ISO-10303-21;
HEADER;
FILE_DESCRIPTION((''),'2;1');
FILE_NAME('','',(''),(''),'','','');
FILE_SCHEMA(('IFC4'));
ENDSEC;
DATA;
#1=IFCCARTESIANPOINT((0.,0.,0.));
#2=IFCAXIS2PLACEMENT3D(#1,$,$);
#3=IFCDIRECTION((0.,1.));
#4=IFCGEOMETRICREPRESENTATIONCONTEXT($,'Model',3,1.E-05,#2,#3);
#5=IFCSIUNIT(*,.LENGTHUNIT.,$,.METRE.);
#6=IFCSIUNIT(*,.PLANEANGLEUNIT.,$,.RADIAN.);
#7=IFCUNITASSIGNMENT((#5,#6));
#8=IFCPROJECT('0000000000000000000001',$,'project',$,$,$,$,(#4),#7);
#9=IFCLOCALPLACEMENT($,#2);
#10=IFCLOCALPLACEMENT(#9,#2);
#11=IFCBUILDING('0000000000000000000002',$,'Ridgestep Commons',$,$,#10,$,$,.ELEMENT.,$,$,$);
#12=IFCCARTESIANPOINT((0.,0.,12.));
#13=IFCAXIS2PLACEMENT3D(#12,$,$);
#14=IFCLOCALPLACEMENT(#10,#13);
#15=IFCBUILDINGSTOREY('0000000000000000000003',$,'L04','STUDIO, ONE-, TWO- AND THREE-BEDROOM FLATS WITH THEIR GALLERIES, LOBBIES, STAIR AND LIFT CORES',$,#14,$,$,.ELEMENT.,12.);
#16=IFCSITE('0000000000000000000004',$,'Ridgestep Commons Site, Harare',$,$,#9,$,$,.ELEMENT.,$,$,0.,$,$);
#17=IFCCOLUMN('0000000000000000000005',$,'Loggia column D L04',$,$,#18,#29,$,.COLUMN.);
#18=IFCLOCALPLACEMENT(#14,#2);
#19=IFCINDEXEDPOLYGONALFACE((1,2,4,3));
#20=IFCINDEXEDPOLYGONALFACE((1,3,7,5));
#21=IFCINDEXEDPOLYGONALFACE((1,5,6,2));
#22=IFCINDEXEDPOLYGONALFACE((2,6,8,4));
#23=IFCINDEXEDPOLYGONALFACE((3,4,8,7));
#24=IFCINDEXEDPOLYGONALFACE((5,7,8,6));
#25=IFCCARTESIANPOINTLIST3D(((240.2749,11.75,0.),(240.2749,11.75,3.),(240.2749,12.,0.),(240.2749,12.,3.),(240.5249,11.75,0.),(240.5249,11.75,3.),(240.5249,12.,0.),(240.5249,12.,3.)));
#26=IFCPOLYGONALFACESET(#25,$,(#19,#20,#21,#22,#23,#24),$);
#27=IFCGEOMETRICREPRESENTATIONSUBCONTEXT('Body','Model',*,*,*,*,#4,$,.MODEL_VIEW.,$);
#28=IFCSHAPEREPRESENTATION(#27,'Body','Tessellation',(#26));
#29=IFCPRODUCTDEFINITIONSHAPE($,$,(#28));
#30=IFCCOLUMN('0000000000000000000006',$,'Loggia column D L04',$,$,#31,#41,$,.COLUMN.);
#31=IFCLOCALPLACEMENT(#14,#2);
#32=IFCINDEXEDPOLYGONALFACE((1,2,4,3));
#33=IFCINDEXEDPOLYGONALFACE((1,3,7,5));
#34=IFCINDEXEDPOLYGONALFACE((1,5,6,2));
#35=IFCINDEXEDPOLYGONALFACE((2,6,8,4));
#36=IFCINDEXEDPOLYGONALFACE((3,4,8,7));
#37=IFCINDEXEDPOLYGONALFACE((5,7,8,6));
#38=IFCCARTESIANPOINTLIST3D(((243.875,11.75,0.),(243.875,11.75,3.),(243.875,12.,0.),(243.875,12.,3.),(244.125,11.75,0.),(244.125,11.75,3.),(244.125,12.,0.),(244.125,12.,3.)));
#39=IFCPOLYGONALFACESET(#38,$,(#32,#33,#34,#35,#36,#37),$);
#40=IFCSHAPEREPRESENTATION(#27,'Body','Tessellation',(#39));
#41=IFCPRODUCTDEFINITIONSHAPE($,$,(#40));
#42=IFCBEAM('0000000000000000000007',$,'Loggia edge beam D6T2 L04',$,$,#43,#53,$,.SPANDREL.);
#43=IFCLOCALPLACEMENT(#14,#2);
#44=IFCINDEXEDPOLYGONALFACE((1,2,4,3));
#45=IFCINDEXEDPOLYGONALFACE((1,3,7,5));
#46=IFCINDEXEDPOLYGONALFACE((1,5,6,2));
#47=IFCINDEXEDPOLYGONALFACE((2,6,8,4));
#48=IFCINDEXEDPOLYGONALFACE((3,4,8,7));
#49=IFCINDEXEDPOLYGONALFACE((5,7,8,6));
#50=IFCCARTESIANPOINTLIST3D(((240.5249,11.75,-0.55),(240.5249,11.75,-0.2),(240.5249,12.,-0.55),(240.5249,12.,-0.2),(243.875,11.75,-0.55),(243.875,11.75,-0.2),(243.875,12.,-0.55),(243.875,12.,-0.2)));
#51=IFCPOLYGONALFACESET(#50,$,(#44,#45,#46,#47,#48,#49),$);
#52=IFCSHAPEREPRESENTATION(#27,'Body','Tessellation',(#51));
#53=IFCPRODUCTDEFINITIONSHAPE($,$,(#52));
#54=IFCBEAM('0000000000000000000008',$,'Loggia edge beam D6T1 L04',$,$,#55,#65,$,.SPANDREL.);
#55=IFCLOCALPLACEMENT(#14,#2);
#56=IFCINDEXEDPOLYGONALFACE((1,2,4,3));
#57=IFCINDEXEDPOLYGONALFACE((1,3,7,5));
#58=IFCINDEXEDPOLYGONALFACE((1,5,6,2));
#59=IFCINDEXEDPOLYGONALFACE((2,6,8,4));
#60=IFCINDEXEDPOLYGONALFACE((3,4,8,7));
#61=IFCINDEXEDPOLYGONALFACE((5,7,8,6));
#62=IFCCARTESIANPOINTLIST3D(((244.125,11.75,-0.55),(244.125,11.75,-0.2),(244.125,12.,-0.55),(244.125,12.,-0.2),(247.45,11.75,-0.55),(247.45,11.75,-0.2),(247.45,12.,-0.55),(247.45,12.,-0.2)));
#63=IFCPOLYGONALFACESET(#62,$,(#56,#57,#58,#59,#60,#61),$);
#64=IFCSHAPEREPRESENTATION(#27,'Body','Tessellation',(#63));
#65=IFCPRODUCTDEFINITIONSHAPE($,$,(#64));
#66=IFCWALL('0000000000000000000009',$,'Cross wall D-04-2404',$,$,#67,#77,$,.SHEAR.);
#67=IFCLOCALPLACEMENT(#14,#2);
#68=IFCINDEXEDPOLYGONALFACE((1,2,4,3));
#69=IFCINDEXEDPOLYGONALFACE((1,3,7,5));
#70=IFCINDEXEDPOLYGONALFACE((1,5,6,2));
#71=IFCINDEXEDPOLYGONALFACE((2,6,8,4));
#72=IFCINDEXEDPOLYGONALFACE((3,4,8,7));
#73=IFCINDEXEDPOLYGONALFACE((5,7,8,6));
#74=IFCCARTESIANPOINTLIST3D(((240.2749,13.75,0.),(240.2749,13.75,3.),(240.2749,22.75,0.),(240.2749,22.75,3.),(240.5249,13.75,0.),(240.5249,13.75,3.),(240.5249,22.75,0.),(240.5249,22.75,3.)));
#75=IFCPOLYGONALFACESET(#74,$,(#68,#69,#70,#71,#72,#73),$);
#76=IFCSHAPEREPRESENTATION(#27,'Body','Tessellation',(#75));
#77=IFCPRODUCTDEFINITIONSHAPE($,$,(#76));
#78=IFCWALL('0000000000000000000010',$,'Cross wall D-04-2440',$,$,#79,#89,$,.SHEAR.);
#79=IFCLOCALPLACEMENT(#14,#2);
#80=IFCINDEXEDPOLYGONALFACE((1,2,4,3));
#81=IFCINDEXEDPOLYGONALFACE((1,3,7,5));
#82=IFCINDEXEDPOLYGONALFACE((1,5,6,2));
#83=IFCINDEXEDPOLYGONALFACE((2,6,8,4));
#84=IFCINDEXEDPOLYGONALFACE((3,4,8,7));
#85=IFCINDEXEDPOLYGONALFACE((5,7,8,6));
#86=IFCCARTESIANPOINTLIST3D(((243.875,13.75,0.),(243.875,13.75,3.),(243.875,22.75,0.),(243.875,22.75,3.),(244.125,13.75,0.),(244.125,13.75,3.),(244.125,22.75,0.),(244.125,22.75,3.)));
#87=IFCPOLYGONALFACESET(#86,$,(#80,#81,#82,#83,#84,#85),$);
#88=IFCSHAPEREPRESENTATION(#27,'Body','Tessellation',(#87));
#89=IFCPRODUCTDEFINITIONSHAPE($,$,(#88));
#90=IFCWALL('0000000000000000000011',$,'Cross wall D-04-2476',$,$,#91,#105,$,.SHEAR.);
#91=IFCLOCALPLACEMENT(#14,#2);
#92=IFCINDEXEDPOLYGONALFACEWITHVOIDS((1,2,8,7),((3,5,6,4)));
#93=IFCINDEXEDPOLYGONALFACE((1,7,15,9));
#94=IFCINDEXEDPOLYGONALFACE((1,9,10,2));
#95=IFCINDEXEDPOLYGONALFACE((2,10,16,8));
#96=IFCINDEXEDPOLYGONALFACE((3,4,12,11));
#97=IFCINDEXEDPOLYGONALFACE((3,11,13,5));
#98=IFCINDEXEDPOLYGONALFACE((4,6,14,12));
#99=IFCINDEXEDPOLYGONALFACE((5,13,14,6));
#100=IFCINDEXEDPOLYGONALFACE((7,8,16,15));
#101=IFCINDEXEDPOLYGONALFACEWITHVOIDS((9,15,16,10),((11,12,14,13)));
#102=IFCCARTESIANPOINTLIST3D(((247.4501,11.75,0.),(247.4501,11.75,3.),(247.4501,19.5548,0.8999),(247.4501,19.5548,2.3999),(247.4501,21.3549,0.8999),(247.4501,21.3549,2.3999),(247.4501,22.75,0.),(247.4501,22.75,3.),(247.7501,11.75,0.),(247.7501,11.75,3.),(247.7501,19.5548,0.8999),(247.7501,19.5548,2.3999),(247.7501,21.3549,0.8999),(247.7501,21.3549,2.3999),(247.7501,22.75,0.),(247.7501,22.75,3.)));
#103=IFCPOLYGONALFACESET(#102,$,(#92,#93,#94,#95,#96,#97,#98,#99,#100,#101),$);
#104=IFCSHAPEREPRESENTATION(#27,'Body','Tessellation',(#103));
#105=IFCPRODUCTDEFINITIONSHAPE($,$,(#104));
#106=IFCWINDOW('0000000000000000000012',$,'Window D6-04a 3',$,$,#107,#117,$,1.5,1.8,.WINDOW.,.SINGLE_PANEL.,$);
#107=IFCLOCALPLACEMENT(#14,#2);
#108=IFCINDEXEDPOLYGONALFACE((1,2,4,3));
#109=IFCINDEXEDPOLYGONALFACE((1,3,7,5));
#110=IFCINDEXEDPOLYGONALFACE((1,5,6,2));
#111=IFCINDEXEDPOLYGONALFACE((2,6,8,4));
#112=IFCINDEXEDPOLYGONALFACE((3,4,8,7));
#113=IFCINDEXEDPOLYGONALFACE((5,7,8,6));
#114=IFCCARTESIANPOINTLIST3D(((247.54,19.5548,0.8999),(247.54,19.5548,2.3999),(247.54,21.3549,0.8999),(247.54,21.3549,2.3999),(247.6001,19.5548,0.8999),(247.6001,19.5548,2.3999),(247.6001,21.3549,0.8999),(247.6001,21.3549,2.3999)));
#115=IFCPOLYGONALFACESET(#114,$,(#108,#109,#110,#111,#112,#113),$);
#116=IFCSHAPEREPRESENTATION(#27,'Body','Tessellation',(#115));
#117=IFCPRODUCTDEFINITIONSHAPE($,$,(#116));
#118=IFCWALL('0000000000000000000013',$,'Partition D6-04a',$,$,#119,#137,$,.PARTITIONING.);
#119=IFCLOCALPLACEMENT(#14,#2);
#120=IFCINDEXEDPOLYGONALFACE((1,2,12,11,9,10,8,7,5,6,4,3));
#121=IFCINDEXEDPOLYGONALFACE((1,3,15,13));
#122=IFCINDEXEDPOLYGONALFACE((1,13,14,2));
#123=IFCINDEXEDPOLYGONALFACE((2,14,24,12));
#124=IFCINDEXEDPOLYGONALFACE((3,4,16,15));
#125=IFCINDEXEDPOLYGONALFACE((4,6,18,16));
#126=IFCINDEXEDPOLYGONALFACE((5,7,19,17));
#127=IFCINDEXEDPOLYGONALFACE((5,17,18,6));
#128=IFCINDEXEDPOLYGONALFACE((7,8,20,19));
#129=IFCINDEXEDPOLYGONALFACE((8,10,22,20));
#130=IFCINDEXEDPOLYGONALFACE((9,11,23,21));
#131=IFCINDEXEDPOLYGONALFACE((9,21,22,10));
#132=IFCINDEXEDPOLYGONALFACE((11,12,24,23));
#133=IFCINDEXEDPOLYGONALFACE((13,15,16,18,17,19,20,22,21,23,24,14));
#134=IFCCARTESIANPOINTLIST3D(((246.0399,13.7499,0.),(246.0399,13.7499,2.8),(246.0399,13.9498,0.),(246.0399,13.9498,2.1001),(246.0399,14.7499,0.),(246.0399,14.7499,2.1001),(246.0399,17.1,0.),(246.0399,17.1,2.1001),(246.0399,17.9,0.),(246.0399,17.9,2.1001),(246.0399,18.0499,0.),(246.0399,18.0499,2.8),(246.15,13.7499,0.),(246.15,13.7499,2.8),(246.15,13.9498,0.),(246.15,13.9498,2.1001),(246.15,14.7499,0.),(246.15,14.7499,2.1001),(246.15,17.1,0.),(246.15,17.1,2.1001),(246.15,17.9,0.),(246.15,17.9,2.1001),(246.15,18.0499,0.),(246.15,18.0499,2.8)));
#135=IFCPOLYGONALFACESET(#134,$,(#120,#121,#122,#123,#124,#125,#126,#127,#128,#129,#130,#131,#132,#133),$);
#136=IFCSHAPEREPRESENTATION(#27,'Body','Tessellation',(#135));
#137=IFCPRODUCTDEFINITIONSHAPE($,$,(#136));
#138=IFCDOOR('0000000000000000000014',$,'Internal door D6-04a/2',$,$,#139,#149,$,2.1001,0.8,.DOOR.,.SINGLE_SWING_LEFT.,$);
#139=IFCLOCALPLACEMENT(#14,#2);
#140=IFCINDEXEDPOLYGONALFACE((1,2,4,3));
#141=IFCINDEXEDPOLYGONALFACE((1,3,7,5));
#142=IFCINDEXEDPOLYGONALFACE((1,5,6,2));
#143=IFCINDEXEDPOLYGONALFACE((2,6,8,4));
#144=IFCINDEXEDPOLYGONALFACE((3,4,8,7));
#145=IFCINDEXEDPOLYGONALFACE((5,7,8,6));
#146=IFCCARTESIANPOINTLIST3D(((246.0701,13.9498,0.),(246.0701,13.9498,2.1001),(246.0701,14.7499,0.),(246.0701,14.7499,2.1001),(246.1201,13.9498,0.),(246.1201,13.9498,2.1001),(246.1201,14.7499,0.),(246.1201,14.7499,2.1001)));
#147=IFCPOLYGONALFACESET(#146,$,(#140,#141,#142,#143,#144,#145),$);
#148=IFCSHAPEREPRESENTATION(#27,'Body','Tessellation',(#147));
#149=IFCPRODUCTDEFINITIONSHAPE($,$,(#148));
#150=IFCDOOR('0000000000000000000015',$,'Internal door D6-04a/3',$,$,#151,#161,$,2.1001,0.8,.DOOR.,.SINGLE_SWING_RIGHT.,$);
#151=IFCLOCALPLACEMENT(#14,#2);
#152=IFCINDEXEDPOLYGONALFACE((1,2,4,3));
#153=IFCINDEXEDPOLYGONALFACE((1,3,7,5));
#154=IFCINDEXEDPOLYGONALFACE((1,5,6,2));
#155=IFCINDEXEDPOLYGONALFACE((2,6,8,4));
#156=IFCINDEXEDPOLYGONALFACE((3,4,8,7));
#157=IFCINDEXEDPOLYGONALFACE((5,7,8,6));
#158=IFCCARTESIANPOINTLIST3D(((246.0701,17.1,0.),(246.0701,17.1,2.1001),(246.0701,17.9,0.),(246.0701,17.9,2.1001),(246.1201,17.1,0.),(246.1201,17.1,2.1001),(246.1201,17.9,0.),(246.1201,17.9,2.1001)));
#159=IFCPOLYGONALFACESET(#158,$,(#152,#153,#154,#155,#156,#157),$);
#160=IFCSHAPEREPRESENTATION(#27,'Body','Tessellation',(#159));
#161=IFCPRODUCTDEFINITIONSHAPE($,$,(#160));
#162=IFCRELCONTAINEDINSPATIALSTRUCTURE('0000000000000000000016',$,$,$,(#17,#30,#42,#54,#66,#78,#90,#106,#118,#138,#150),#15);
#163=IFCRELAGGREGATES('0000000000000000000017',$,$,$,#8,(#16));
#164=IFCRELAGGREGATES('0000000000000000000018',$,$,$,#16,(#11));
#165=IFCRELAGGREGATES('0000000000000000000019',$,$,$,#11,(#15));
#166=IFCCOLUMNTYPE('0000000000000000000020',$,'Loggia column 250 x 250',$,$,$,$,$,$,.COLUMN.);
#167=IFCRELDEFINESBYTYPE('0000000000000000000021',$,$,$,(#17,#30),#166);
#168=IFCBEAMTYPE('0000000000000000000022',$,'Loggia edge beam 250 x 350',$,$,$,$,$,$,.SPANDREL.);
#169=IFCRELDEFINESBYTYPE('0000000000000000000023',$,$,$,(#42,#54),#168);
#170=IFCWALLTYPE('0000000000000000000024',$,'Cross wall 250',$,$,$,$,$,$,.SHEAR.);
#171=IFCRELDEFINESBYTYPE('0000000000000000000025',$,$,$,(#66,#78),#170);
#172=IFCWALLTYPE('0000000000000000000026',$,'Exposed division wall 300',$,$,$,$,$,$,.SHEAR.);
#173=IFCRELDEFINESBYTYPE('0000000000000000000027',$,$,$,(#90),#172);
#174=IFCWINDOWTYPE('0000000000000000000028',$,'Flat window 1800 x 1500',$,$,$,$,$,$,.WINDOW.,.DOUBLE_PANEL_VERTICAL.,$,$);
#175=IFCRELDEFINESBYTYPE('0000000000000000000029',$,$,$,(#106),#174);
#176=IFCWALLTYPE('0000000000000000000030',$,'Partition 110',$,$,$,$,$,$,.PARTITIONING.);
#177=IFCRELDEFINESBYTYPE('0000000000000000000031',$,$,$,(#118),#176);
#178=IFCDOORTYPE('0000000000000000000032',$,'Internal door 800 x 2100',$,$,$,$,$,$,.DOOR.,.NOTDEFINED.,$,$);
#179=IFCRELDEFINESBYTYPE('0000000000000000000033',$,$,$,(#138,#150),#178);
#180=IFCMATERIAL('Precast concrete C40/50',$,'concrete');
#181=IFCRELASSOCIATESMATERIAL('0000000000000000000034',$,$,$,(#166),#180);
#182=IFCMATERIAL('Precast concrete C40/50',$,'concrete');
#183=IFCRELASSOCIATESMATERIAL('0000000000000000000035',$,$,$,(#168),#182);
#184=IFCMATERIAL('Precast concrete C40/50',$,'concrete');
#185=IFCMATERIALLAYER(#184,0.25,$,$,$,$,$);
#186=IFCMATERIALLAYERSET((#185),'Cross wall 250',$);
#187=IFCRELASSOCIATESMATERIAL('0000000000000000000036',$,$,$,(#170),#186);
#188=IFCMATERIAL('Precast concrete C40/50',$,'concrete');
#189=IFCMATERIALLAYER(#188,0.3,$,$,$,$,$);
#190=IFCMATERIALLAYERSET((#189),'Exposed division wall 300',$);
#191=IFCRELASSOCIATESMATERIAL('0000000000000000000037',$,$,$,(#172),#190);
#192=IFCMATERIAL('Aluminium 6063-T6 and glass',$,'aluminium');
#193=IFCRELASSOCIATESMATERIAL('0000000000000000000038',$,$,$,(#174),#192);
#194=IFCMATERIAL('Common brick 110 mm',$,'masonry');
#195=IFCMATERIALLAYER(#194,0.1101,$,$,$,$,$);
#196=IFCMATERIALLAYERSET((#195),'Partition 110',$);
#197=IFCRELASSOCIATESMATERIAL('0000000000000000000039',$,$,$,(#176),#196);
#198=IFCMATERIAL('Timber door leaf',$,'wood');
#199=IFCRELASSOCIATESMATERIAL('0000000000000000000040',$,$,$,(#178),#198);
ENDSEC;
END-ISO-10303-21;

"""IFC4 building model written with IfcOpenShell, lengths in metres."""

from ifc_helpers import new_model, si_unit, direction, frame, frame_2d, origin, origin_2d, place, context, subcontext, project, spatial, rectangle, extrude, material, layer, layer_set, material_profile, profile_set, type_object, element, fill, save


model = new_model("IFC4")

# Units and contexts
model_context = context("Model", 3, precision=1e-05, world=origin(), true_north=direction((0.0, 1.0)))
body_context = subcontext(model_context, "Body", "Model", "MODEL_VIEW")
ifc_project = project(units=[si_unit("LENGTHUNIT", "METRE"), si_unit("PLANEANGLEUNIT", "RADIAN")], contexts=[model_context])

# Site, building, storey
site_placement = place(None, origin())
site = spatial("IfcSite", under=ifc_project, at=site_placement, Name="Ridgestep Commons Site, Harare", CompositionType="ELEMENT", RefElevation=0.0)
building_placement = place(site_placement, origin())
building = spatial("IfcBuilding", under=site, at=building_placement, Name="Ridgestep Commons", CompositionType="ELEMENT")
storey_placement = place(building_placement, frame((0.0, 0.0, 12.0)))
storey = spatial("IfcBuildingStorey", under=building, at=storey_placement, Name="L04", Description="STUDIO, ONE-, TWO- AND THREE-BEDROOM FLATS WITH THEIR GALLERIES, LOBBIES, STAIR AND LIFT CORES", CompositionType="ELEMENT", Elevation=12.0)

# Columns
ifc_material_1 = material(Name="Precast concrete C40/50", Category="concrete")
ifc_material_profile_1 = material_profile(ifc_material_1, rectangle(XDim=0.25, YDim=0.25, at=origin_2d()), Name="PC 250x250")
ifc_profile_set_1 = profile_set([ifc_material_profile_1], Name="Precast concrete C40/50")
column_type = type_object("IfcColumnType", Name="Loggia column 250 x 250", PredefinedType="COLUMN", material=ifc_profile_set_1)
for number, where, z_axis, x_axis, name in (
    (1, (240.3999, 11.875, 0.0), (0.0, 0.0, 1.0), (1.0, 0.0, 0.0), "Loggia column D L04"),
    (2, (244.0, 11.875, 0.0), (0.0, 0.0, 1.0), (1.0, 0.0, 0.0), "Loggia column D L04"),
):
    element("IfcColumn", number, at=place(storey_placement, frame(where, z_axis=z_axis, x_axis=x_axis)), inside=storey, type_object=column_type, Name=name, PredefinedType="COLUMN", context=body_context, shape_type="SweptSolid", body=[
        extrude(rectangle(XDim=0.25, YDim=0.25, at=origin_2d()), origin(), (0.0, 0.0, 1.0), 3.0),
    ])

# Beams
ifc_material_2 = material(Name="Precast concrete C40/50", Category="concrete")
ifc_material_profile_2 = material_profile(ifc_material_2, rectangle(XDim=0.25, YDim=0.3501, at=origin_2d()), Name="PC 250x350")
ifc_profile_set_2 = profile_set([ifc_material_profile_2], Name="Precast concrete C40/50")
beam_type = type_object("IfcBeamType", Name="Loggia edge beam 250 x 350", PredefinedType="SPANDREL", material=ifc_profile_set_2)
beam_1_placement = place(storey_placement, frame((240.5249, 11.875, -0.375), z_axis=(1.0, 0.0, 0.0), x_axis=(0.0, 1.0, 0.0)))
element("IfcBeam", 3, at=beam_1_placement, inside=storey, type_object=beam_type, Name="Loggia edge beam D6T2 L04", PredefinedType="SPANDREL", context=body_context, shape_type="SweptSolid", body=[
    extrude(rectangle(XDim=0.25, YDim=0.3501, at=origin_2d()), origin(), (0.0, 0.0, 1.0), 3.3501),
])
beam_2_placement = place(storey_placement, frame((244.125, 11.875, -0.375), z_axis=(1.0, 0.0, 0.0), x_axis=(0.0, 1.0, 0.0)))
element("IfcBeam", 4, at=beam_2_placement, inside=storey, type_object=beam_type, Name="Loggia edge beam D6T1 L04", PredefinedType="SPANDREL", context=body_context, shape_type="SweptSolid", body=[
    extrude(rectangle(XDim=0.25, YDim=0.3501, at=origin_2d()), origin(), (0.0, 0.0, 1.0), 3.325),
])

# Walls
ifc_material_3 = material(Name="Precast concrete C40/50", Category="concrete")
ifc_layer_1 = layer(ifc_material_3, 0.25)
ifc_layer_set_1 = layer_set([ifc_layer_1], Name="Cross wall 250")
wall_type_1 = type_object("IfcWallType", Name="Cross wall 250", PredefinedType="SHEAR", material=ifc_layer_set_1)
for number, where, z_axis, x_axis, name in (
    (5, (240.3999, 13.75, 0.0), (0.0, 0.0, 1.0), (0.0, 1.0, 0.0), "Cross wall D-04-2404"),
    (6, (244.0, 13.75, 0.0), (0.0, 0.0, 1.0), (0.0, 1.0, 0.0), "Cross wall D-04-2440"),
):
    element("IfcWall", number, at=place(storey_placement, frame(where, z_axis=z_axis, x_axis=x_axis)), inside=storey, type_object=wall_type_1, Name=name, PredefinedType="SHEAR", context=body_context, shape_type="SweptSolid", body=[
        extrude(rectangle(XDim=9.0, YDim=0.25, at=frame_2d((4.5, 0.0))), origin(), (0.0, 0.0, 1.0), 3.0),
    ])

# Wall, opening, window
ifc_material_4 = material(Name="Precast concrete C40/50", Category="concrete")
ifc_layer_2 = layer(ifc_material_4, 0.3)
ifc_layer_set_2 = layer_set([ifc_layer_2], Name="Exposed division wall 300")
wall_type_2 = type_object("IfcWallType", Name="Exposed division wall 300", PredefinedType="SHEAR", material=ifc_layer_set_2)
wall_1_placement = place(storey_placement, frame((247.6001, 11.75, 0.0), z_axis=(0.0, 0.0, 1.0), x_axis=(0.0, 1.0, 0.0)))
wall_1 = element("IfcWall", 7, at=wall_1_placement, inside=storey, type_object=wall_type_2, Name="Cross wall D-04-2476", PredefinedType="SHEAR", context=body_context, shape_type="SweptSolid", body=[
    extrude(rectangle(XDim=11.0, YDim=0.3, at=frame_2d((5.5, 0.0))), origin(), (0.0, 0.0, 1.0), 3.0),
])
opening_1_placement = place(wall_1_placement, frame((7.8049, 0.0, 0.8999)))
opening_1 = element("IfcOpeningElement", 8, at=opening_1_placement, cuts=wall_1, PredefinedType="OPENING", context=body_context, shape_type="SweptSolid", body=[
    extrude(rectangle(XDim=1.8, YDim=1.5, at=frame_2d((0.8999, 0.75))), frame((0.0, 0.1599, 0.0), z_axis=(0.0, -1.0, 0.0), x_axis=(1.0, 0.0, 0.0)), (0.0, 0.0, 1.0), 0.3201),
])
ifc_material_5 = material(Name="Aluminium 6063-T6 and glass", Category="aluminium")
window_type_1 = type_object("IfcWindowType", Name="Flat window 1800 x 1500", PartitioningType="DOUBLE_PANEL_VERTICAL", PredefinedType="WINDOW", material=ifc_material_5)
window_1_placement = place(opening_1_placement, origin())
window_1 = element("IfcWindow", 9, at=window_1_placement, inside=storey, type_object=window_type_1, Name="Window D6-04a 3", OverallHeight=1.5, OverallWidth=1.8, PartitioningType="SINGLE_PANEL", PredefinedType="WINDOW", context=body_context, shape_type="SweptSolid", body=[
    extrude(rectangle(XDim=1.8, YDim=1.5, at=frame_2d((0.8999, 0.75))), frame((0.0, 0.0601, 0.0), z_axis=(0.0, -1.0, 0.0), x_axis=(1.0, 0.0, 0.0)), (0.0, 0.0, 1.0), 0.0601),
])
fill(opening_1, window_1)

# Wall, openings, doors
ifc_material_6 = material(Name="Common brick 110 mm", Category="masonry")
ifc_layer_3 = layer(ifc_material_6, 0.1101)
ifc_layer_set_3 = layer_set([ifc_layer_3], Name="Partition 110")
wall_type_3 = type_object("IfcWallType", Name="Partition 110", PredefinedType="PARTITIONING", material=ifc_layer_set_3)
wall_2_placement = place(storey_placement, frame((246.095, 13.75, 0.0), z_axis=(0.0, 0.0, 1.0), x_axis=(0.0, 1.0, 0.0)))
wall_2 = element("IfcWall", 10, at=wall_2_placement, inside=storey, type_object=wall_type_3, Name="Partition D6-04a", PredefinedType="PARTITIONING", context=body_context, shape_type="SweptSolid", body=[
    extrude(rectangle(XDim=4.3, YDim=0.1101, at=frame_2d((2.1499, 0.0))), origin(), (0.0, 0.0, 1.0), 2.8),
])
opening_2_placement = place(wall_2_placement, frame((0.2, 0.0, 0.0)))
opening_2 = element("IfcOpeningElement", 11, at=opening_2_placement, cuts=wall_2, PredefinedType="OPENING", context=body_context, shape_type="SweptSolid", body=[
    extrude(rectangle(XDim=0.8, YDim=2.1001, at=frame_2d((0.3999, 1.05))), frame((0.0, 0.0649, 0.0), z_axis=(0.0, -1.0, 0.0), x_axis=(1.0, 0.0, 0.0)), (0.0, 0.0, 1.0), 0.1301),
])
opening_3_placement = place(wall_2_placement, frame((3.3501, 0.0, 0.0)))
opening_3 = element("IfcOpeningElement", 12, at=opening_3_placement, cuts=wall_2, PredefinedType="OPENING", context=body_context, shape_type="SweptSolid", body=[
    extrude(rectangle(XDim=0.8, YDim=2.1001, at=frame_2d((0.3999, 1.05))), frame((0.0, 0.0649, 0.0), z_axis=(0.0, -1.0, 0.0), x_axis=(1.0, 0.0, 0.0)), (0.0, 0.0, 1.0), 0.1301),
])
ifc_material_7 = material(Name="Timber door leaf", Category="wood")
door_type_1 = type_object("IfcDoorType", Name="Internal door 800 x 2100", OperationType="NOTDEFINED", PredefinedType="DOOR", material=ifc_material_7)
door_1_placement = place(opening_2_placement, origin())
door_1 = element("IfcDoor", 13, at=door_1_placement, inside=storey, type_object=door_type_1, Name="Internal door D6-04a/2", OperationType="SINGLE_SWING_LEFT", OverallHeight=2.1001, OverallWidth=0.8, PredefinedType="DOOR", context=body_context, shape_type="SweptSolid", body=[
    extrude(rectangle(XDim=0.8, YDim=2.1001, at=frame_2d((0.3999, 1.05))), frame((0.0, 0.0249, 0.0), z_axis=(0.0, -1.0, 0.0), x_axis=(1.0, 0.0, 0.0)), (0.0, 0.0, 1.0), 0.05),
])
fill(opening_2, door_1)
door_2_placement = place(opening_3_placement, origin())
door_2 = element("IfcDoor", 14, at=door_2_placement, inside=storey, type_object=door_type_1, Name="Internal door D6-04a/3", OperationType="SINGLE_SWING_RIGHT", OverallHeight=2.1001, OverallWidth=0.8, PredefinedType="DOOR", context=body_context, shape_type="SweptSolid", body=[
    extrude(rectangle(XDim=0.8, YDim=2.1001, at=frame_2d((0.3999, 1.05))), frame((0.0, 0.0249, 0.0), z_axis=(0.0, -1.0, 0.0), x_axis=(1.0, 0.0, 0.0)), (0.0, 0.0, 1.0), 0.05),
])
fill(opening_3, door_2)

save(model, "model.ifc")
